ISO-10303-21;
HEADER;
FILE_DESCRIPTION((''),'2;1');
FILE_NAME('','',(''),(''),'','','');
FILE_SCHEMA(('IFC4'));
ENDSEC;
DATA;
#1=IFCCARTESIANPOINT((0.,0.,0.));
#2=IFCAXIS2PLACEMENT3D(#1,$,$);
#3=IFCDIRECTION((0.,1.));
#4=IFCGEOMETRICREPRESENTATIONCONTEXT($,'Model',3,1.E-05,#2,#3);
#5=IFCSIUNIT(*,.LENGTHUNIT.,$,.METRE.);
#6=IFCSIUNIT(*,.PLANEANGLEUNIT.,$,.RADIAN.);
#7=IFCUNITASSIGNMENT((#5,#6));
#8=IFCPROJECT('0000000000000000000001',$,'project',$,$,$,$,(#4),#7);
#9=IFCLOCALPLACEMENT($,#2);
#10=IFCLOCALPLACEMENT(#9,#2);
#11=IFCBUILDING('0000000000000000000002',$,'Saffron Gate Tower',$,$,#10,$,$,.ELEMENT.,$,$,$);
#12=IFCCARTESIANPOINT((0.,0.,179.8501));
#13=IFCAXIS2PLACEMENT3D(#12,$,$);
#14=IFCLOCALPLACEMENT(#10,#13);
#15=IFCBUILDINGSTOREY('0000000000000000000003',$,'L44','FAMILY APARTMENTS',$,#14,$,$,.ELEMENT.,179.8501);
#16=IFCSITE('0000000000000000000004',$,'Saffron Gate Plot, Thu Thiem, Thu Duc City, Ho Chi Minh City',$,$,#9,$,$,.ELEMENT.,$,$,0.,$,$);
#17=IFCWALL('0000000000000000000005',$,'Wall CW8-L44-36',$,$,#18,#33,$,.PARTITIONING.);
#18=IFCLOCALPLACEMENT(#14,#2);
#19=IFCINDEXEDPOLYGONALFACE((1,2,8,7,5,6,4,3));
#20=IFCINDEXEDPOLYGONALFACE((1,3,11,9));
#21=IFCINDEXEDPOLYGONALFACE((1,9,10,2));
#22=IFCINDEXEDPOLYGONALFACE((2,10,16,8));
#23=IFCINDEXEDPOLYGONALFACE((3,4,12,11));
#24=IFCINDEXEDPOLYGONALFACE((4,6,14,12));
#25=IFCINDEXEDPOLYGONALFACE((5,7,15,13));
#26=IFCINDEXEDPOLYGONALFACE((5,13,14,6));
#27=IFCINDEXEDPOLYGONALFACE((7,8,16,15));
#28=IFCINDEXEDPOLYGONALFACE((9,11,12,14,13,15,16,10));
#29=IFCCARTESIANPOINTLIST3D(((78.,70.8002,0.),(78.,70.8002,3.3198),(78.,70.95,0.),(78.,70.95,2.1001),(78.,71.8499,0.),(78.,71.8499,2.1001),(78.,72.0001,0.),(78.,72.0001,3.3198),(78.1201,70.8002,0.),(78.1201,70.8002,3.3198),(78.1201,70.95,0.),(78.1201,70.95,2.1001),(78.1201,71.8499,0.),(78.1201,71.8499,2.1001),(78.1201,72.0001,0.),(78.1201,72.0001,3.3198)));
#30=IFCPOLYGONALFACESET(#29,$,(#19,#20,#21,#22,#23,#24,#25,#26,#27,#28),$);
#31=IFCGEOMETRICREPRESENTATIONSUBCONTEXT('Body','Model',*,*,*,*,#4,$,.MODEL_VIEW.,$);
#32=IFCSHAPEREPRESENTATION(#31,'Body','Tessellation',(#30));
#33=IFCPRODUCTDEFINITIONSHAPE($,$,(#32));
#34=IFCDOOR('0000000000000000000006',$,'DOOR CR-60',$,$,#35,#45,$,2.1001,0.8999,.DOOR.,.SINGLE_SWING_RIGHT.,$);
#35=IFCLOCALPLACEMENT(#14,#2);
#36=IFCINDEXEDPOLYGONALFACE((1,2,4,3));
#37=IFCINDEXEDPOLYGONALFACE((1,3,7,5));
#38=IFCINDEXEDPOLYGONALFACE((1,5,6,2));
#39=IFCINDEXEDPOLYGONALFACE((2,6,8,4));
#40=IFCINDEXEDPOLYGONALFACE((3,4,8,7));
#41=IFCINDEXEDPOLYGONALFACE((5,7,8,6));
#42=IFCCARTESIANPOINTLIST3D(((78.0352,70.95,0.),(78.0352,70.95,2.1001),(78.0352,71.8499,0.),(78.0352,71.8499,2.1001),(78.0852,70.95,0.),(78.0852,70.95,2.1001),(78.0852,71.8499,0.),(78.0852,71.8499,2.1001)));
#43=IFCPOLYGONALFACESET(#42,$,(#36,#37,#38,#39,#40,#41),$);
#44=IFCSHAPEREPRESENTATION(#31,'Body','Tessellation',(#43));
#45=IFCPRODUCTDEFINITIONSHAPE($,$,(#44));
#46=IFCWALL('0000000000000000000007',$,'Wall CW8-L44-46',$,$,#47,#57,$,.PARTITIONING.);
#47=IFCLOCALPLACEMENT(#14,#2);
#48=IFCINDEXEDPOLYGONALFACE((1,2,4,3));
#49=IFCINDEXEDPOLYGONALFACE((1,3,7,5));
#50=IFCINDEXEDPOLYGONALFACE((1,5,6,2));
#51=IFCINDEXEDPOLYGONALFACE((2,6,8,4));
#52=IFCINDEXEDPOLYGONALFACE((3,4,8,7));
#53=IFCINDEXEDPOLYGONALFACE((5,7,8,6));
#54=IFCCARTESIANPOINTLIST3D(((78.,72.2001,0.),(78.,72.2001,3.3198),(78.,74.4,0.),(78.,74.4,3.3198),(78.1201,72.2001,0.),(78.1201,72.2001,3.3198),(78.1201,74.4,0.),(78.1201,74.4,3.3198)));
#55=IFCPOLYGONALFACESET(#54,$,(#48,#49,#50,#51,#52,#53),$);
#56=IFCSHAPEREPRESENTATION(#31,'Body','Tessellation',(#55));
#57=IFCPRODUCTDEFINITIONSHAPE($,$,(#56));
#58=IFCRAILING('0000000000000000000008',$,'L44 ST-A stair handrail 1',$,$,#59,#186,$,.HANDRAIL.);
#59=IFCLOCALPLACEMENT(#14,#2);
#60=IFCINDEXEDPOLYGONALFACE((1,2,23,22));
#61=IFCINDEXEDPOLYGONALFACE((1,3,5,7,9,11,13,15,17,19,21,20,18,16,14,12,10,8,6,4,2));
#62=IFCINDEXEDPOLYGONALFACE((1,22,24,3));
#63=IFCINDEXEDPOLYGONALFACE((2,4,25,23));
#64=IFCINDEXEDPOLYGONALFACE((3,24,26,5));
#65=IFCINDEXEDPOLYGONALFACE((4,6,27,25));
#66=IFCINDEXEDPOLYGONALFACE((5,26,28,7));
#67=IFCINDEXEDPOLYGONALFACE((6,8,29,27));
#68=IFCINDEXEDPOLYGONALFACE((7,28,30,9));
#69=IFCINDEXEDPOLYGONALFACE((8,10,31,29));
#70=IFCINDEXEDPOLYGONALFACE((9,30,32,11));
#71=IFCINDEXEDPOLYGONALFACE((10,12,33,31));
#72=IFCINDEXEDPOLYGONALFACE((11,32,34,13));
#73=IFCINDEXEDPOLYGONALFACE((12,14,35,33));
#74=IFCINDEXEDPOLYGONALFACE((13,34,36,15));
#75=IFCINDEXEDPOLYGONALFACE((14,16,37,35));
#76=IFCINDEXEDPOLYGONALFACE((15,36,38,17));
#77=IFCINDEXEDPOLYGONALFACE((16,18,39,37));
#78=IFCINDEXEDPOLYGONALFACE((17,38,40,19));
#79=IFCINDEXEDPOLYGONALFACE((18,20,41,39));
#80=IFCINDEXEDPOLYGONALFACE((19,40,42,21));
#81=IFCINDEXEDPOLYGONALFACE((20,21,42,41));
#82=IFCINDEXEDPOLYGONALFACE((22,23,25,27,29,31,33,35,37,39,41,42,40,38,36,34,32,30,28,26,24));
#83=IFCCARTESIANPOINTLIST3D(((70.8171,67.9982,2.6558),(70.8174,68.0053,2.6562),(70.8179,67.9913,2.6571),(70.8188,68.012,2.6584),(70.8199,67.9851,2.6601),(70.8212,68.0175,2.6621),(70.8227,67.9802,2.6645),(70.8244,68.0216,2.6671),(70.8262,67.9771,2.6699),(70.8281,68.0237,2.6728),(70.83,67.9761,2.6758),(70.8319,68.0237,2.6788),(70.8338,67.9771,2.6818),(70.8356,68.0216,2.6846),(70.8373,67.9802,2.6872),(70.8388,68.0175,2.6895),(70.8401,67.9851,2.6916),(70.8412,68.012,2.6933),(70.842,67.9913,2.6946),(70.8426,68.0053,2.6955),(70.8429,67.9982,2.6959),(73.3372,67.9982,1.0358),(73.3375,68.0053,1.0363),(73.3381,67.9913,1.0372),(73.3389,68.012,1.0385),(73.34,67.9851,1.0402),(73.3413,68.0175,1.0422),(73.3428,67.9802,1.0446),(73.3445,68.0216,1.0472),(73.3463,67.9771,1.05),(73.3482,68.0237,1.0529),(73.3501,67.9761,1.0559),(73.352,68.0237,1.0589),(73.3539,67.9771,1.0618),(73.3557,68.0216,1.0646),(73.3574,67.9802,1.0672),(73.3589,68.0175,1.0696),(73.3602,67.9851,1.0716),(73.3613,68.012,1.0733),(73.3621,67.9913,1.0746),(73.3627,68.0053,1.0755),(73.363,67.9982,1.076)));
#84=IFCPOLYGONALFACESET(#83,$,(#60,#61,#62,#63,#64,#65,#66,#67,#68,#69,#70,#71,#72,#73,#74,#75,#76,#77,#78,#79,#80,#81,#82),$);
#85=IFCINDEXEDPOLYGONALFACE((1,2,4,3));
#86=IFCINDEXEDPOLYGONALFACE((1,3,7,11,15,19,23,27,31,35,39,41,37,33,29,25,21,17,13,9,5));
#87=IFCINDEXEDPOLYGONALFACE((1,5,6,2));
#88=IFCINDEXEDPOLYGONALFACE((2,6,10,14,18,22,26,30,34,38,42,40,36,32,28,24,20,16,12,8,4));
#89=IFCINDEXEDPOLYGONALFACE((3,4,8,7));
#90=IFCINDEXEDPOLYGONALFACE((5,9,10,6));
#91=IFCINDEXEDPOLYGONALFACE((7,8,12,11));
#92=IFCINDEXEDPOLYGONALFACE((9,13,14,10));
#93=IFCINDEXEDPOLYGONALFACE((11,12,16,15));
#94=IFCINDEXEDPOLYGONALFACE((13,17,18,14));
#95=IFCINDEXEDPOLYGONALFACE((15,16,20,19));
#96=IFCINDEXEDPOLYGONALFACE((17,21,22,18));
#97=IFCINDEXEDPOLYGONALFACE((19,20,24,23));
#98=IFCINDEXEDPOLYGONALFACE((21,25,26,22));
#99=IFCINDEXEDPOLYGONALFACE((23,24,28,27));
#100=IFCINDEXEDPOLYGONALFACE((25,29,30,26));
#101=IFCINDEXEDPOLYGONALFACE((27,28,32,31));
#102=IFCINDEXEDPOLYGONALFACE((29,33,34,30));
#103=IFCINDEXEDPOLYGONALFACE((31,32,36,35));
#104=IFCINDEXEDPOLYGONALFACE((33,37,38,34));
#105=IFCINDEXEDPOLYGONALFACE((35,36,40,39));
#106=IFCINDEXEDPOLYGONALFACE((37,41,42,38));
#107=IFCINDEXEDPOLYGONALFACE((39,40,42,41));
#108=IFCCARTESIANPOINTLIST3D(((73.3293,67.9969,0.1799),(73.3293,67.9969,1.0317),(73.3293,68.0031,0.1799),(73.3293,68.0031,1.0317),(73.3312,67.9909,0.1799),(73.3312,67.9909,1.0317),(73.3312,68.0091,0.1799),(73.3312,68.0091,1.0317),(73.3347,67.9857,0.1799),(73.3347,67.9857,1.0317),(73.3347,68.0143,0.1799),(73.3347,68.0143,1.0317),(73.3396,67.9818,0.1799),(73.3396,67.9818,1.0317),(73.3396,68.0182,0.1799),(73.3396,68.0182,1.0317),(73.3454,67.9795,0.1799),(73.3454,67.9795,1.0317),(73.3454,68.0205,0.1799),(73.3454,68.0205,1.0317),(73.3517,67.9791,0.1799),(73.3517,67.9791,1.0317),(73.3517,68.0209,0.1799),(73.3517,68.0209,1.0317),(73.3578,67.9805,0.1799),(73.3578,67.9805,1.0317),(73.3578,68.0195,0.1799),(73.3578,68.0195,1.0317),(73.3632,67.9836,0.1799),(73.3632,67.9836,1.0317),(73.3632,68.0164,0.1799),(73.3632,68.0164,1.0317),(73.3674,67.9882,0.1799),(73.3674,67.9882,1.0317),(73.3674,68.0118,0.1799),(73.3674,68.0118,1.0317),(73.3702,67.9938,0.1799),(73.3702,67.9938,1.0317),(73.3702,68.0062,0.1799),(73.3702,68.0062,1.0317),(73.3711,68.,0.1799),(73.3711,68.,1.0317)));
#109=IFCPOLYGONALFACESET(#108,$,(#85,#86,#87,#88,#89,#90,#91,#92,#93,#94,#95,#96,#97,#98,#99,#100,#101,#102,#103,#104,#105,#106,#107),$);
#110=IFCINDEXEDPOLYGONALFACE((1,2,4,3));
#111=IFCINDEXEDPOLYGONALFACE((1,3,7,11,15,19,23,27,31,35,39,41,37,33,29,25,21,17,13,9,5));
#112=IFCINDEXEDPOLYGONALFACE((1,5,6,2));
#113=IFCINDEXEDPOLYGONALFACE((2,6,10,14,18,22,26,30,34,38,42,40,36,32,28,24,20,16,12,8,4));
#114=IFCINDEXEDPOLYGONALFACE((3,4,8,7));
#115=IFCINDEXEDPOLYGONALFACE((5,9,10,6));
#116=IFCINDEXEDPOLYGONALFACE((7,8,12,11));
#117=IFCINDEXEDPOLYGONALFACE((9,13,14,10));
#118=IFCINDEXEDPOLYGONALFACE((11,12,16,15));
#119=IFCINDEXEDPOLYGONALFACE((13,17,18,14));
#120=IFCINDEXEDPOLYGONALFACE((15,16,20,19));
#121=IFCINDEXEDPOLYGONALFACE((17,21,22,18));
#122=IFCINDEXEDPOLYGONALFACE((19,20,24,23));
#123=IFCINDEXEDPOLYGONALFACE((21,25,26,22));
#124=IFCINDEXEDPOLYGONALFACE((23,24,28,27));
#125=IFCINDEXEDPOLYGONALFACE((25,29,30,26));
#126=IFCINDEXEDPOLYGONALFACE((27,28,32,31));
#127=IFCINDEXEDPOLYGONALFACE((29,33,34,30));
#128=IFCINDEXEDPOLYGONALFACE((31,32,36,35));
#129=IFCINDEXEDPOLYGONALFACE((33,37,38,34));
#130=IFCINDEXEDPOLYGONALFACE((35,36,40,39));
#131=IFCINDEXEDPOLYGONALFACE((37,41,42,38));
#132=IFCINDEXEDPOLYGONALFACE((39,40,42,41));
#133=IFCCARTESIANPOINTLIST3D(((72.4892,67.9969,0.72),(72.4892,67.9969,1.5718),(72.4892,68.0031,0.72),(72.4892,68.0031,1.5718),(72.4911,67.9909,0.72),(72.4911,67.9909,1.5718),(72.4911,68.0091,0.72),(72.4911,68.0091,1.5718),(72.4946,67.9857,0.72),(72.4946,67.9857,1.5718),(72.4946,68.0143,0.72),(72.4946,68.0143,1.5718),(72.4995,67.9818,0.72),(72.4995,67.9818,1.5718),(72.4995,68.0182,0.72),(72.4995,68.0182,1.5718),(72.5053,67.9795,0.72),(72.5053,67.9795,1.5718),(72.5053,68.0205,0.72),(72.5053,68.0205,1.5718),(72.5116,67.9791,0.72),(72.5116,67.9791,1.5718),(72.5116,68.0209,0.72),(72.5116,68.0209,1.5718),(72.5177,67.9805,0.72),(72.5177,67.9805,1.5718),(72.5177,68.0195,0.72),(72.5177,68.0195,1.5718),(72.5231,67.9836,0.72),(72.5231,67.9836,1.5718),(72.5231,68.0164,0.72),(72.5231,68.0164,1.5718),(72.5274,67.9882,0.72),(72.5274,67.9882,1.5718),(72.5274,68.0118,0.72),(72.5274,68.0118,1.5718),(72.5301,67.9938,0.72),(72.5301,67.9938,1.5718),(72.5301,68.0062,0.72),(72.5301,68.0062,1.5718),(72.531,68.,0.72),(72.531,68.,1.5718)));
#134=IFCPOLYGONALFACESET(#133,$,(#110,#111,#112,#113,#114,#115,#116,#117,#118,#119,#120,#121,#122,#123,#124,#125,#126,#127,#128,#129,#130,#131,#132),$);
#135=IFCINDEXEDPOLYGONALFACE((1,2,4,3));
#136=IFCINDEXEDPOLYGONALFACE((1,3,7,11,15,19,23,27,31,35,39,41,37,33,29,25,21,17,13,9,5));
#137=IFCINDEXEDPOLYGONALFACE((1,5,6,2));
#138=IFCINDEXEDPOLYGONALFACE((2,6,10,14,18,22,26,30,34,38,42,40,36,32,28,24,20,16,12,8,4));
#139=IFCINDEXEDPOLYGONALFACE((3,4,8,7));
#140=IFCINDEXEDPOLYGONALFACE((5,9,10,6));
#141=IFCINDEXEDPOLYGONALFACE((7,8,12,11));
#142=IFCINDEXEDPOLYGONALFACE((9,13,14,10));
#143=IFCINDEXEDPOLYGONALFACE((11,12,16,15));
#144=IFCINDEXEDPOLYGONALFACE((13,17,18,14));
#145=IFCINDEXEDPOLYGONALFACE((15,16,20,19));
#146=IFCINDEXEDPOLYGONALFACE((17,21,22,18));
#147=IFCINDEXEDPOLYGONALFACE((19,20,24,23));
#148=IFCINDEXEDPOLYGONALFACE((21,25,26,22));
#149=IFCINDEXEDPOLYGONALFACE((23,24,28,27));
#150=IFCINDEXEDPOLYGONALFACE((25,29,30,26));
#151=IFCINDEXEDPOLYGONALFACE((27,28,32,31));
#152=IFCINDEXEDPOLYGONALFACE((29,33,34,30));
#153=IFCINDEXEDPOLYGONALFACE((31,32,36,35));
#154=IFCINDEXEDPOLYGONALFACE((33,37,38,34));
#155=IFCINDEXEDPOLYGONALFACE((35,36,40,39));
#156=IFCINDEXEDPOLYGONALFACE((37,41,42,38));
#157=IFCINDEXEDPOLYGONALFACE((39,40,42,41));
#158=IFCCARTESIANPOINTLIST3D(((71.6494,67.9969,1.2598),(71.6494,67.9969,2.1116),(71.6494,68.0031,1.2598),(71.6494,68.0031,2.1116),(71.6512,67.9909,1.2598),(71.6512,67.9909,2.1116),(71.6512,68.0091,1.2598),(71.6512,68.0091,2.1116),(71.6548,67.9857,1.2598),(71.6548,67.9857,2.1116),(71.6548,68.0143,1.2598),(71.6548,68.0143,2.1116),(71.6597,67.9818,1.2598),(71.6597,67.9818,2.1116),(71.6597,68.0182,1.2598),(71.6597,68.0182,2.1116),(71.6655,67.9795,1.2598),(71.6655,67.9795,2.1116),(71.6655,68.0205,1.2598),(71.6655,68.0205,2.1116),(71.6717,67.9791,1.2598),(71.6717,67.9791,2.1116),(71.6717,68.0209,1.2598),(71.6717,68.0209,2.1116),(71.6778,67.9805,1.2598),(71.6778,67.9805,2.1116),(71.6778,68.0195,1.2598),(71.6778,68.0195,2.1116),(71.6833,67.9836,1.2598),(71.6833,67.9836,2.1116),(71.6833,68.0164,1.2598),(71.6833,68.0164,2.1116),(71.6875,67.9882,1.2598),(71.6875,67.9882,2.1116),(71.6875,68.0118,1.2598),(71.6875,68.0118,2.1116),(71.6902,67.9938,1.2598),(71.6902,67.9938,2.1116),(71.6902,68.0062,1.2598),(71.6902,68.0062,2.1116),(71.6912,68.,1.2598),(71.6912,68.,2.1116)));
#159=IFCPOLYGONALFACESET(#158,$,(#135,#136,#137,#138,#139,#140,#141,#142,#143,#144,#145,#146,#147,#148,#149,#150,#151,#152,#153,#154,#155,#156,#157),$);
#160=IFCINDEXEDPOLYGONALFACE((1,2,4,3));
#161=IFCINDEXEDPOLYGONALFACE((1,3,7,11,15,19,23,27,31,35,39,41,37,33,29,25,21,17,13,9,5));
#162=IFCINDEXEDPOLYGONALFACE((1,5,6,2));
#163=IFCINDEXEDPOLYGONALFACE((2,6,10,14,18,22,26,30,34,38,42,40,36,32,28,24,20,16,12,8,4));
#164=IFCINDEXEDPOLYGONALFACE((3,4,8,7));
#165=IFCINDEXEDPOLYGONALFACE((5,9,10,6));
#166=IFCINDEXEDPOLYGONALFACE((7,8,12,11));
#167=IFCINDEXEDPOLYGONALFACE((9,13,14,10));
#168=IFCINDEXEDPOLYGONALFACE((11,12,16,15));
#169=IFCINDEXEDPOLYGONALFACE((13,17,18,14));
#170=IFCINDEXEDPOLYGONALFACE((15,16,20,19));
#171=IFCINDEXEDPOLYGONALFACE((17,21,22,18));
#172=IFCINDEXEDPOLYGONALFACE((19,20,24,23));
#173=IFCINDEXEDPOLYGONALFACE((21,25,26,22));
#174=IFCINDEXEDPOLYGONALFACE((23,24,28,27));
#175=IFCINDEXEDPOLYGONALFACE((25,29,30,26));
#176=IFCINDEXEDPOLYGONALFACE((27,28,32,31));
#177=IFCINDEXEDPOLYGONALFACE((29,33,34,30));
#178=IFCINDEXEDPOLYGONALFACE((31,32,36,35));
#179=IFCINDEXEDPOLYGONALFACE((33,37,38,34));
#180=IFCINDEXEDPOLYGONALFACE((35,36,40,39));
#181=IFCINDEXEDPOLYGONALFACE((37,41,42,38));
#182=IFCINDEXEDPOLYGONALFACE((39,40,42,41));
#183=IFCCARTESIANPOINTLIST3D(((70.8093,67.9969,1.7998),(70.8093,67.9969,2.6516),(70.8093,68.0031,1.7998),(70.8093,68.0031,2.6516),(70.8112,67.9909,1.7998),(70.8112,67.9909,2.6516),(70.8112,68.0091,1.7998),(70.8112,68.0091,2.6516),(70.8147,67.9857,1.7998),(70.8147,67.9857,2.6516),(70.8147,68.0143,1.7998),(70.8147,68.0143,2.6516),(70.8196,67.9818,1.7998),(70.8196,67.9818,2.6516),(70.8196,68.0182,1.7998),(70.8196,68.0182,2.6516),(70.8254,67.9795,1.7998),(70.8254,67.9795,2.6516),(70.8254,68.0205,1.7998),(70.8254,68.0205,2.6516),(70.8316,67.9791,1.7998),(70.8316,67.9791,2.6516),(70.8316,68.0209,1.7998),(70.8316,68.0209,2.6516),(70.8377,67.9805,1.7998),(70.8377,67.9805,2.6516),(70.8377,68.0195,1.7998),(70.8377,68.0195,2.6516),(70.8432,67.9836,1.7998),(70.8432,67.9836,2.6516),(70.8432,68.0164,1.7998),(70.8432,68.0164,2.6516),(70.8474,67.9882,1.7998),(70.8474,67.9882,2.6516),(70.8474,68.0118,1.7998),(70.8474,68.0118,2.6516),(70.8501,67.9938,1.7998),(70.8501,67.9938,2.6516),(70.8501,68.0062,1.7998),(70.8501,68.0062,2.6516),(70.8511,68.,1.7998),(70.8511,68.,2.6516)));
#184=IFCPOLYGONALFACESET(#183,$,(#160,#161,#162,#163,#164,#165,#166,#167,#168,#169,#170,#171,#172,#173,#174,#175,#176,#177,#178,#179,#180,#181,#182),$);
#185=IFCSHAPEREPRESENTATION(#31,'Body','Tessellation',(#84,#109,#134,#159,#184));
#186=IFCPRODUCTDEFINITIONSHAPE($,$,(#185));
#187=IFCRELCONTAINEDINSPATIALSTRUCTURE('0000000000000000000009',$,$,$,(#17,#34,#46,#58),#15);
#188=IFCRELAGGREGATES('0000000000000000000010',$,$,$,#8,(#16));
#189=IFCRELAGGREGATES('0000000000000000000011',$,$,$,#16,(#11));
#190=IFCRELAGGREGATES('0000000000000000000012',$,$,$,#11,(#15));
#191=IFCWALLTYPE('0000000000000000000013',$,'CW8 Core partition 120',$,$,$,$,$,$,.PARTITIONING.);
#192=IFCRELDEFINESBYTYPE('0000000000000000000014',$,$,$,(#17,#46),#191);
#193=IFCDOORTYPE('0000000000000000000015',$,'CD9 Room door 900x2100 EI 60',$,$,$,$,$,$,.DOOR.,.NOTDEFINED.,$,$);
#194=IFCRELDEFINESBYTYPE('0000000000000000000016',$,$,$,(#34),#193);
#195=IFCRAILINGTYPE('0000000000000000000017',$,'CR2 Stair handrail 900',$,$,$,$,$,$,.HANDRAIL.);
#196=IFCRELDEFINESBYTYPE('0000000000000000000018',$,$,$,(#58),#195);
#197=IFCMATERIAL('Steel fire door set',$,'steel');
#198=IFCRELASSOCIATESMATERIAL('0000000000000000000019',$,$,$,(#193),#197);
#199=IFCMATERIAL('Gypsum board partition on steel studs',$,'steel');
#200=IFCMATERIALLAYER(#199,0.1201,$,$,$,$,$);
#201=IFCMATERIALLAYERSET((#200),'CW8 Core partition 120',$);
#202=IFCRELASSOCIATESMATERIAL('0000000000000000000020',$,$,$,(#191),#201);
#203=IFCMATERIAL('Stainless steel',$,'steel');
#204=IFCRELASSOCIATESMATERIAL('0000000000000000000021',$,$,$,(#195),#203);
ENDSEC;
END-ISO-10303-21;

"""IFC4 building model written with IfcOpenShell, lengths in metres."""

from ifc_helpers import new_model, si_unit, direction, frame, frame_2d, origin, origin_2d, place, context, subcontext, project, spatial, rectangle, circle, extrude, material, layer, layer_set, type_object, element, fill, save


model = new_model("IFC4")

# Units and contexts
model_context = context("Model", 3, precision=1e-05, world=origin(), true_north=direction((0.0, 1.0)))
body_context = subcontext(model_context, "Body", "Model", "MODEL_VIEW")
ifc_project = project(units=[si_unit("LENGTHUNIT", "METRE"), si_unit("PLANEANGLEUNIT", "RADIAN")], contexts=[model_context])

# Site, building, storey
site_placement = place(None, origin())
site = spatial("IfcSite", under=ifc_project, at=site_placement, Name="Saffron Gate Plot, Thu Thiem, Thu Duc City, Ho Chi Minh City", CompositionType="ELEMENT", RefElevation=0.0)
building_placement = place(site_placement, origin())
building = spatial("IfcBuilding", under=site, at=building_placement, Name="Saffron Gate Tower", CompositionType="ELEMENT")
storey_placement = place(building_placement, frame((0.0, 0.0, 179.8501)))
storey = spatial("IfcBuildingStorey", under=building, at=storey_placement, Name="L44", Description="FAMILY APARTMENTS", CompositionType="ELEMENT", Elevation=179.8501)

# Shared definitions
ifc_material_1 = material(Name="Steel fire door set", Category="steel")
door_type_1 = type_object("IfcDoorType", Name="CD9 Room door 900x2100 EI 60", OperationType="NOTDEFINED", PredefinedType="DOOR", material=ifc_material_1)

# Shared definitions
ifc_material_2 = material(Name="Gypsum board partition on steel studs", Category="steel")
ifc_layer_1 = layer(ifc_material_2, 0.1201)
ifc_layer_set_1 = layer_set([ifc_layer_1], Name="CW8 Core partition 120")
wall_type_1 = type_object("IfcWallType", Name="CW8 Core partition 120", PredefinedType="PARTITIONING", material=ifc_layer_set_1)

# Wall, opening, door
wall_1_placement = place(storey_placement, frame((78.0601, 70.8, 0.0), z_axis=(0.0, 0.0, 1.0), x_axis=(0.0, 1.0, 0.0)))
wall_1 = element("IfcWall", 1, at=wall_1_placement, inside=storey, type_object=wall_type_1, Name="Wall CW8-L44-36", PredefinedType="PARTITIONING", context=body_context, shape_type="SweptSolid", body=[
    extrude(rectangle(XDim=1.2, YDim=0.1201, at=frame_2d((0.6001, 0.0))), origin(), (0.0, 0.0, 1.0), 3.3198),
])
opening_1_placement = place(wall_1_placement, frame((0.1499, 0.0, 0.0)))
opening_1 = element("IfcOpeningElement", 2, at=opening_1_placement, cuts=wall_1, PredefinedType="OPENING", context=body_context, shape_type="SweptSolid", body=[
    extrude(rectangle(XDim=0.8999, YDim=2.1001, at=frame_2d((0.45, 1.05))), frame((0.0, 0.0701, 0.0), z_axis=(0.0, -1.0, 0.0), x_axis=(1.0, 0.0, 0.0)), (0.0, 0.0, 1.0), 0.1401),
])
door_1_placement = place(opening_1_placement, origin())
door_1 = element("IfcDoor", 3, at=door_1_placement, inside=storey, type_object=door_type_1, Name="DOOR CR-60", OperationType="SINGLE_SWING_RIGHT", OverallHeight=2.1001, OverallWidth=0.8999, PredefinedType="DOOR", context=body_context, shape_type="SweptSolid", body=[
    extrude(rectangle(XDim=0.8999, YDim=2.1001, at=frame_2d((0.45, 1.05))), frame((0.0, 0.0249, 0.0), z_axis=(0.0, -1.0, 0.0), x_axis=(1.0, 0.0, 0.0)), (0.0, 0.0, 1.0), 0.05),
])
fill(opening_1, door_1)

# Wall
wall_2_placement = place(storey_placement, frame((78.0601, 72.2, 0.0), z_axis=(0.0, 0.0, 1.0), x_axis=(0.0, 1.0, 0.0)))
element("IfcWall", 4, at=wall_2_placement, inside=storey, type_object=wall_type_1, Name="Wall CW8-L44-46", PredefinedType="PARTITIONING", context=body_context, shape_type="SweptSolid", body=[
    extrude(rectangle(XDim=2.2, YDim=0.1201, at=frame_2d((1.1001, 0.0))), origin(), (0.0, 0.0, 1.0), 3.3198),
])

# Railing
ifc_material_3 = material(Name="Stainless steel", Category="steel")
railing_type = type_object("IfcRailingType", Name="CR2 Stair handrail 900", PredefinedType="HANDRAIL", material=ifc_material_3)
railing_placement = place(storey_placement, frame((73.3501, 68.0, 0.1799)))
element("IfcRailing", 5, at=railing_placement, inside=storey, type_object=railing_type, Name="L44 ST-A stair handrail 1", PredefinedType="HANDRAIL", context=body_context, shape_type="SweptSolid", body=[
    extrude(circle(Radius=0.0239, at=origin_2d()), frame((0.0, 0.0, 0.876), z_axis=(-0.8412, 0.0, 0.540725), x_axis=(0.0, -1.0, 0.0)), (0.0, 0.0, 1.0), 2.9958),
    extrude(circle(Radius=0.021, at=origin_2d()), origin(), (0.0, 0.0, 1.0), 0.8518),
    extrude(circle(Radius=0.021, at=origin_2d()), frame((-0.8401, 0.0, 0.54)), (0.0, 0.0, 1.0), 0.8518),
    extrude(circle(Radius=0.021, at=origin_2d()), frame((-1.6799, 0.0, 1.0798)), (0.0, 0.0, 1.0), 0.8518),
    extrude(circle(Radius=0.021, at=origin_2d()), frame((-2.52, 0.0, 1.6199)), (0.0, 0.0, 1.0), 0.8518),
])

save(model, "model.ifc")
